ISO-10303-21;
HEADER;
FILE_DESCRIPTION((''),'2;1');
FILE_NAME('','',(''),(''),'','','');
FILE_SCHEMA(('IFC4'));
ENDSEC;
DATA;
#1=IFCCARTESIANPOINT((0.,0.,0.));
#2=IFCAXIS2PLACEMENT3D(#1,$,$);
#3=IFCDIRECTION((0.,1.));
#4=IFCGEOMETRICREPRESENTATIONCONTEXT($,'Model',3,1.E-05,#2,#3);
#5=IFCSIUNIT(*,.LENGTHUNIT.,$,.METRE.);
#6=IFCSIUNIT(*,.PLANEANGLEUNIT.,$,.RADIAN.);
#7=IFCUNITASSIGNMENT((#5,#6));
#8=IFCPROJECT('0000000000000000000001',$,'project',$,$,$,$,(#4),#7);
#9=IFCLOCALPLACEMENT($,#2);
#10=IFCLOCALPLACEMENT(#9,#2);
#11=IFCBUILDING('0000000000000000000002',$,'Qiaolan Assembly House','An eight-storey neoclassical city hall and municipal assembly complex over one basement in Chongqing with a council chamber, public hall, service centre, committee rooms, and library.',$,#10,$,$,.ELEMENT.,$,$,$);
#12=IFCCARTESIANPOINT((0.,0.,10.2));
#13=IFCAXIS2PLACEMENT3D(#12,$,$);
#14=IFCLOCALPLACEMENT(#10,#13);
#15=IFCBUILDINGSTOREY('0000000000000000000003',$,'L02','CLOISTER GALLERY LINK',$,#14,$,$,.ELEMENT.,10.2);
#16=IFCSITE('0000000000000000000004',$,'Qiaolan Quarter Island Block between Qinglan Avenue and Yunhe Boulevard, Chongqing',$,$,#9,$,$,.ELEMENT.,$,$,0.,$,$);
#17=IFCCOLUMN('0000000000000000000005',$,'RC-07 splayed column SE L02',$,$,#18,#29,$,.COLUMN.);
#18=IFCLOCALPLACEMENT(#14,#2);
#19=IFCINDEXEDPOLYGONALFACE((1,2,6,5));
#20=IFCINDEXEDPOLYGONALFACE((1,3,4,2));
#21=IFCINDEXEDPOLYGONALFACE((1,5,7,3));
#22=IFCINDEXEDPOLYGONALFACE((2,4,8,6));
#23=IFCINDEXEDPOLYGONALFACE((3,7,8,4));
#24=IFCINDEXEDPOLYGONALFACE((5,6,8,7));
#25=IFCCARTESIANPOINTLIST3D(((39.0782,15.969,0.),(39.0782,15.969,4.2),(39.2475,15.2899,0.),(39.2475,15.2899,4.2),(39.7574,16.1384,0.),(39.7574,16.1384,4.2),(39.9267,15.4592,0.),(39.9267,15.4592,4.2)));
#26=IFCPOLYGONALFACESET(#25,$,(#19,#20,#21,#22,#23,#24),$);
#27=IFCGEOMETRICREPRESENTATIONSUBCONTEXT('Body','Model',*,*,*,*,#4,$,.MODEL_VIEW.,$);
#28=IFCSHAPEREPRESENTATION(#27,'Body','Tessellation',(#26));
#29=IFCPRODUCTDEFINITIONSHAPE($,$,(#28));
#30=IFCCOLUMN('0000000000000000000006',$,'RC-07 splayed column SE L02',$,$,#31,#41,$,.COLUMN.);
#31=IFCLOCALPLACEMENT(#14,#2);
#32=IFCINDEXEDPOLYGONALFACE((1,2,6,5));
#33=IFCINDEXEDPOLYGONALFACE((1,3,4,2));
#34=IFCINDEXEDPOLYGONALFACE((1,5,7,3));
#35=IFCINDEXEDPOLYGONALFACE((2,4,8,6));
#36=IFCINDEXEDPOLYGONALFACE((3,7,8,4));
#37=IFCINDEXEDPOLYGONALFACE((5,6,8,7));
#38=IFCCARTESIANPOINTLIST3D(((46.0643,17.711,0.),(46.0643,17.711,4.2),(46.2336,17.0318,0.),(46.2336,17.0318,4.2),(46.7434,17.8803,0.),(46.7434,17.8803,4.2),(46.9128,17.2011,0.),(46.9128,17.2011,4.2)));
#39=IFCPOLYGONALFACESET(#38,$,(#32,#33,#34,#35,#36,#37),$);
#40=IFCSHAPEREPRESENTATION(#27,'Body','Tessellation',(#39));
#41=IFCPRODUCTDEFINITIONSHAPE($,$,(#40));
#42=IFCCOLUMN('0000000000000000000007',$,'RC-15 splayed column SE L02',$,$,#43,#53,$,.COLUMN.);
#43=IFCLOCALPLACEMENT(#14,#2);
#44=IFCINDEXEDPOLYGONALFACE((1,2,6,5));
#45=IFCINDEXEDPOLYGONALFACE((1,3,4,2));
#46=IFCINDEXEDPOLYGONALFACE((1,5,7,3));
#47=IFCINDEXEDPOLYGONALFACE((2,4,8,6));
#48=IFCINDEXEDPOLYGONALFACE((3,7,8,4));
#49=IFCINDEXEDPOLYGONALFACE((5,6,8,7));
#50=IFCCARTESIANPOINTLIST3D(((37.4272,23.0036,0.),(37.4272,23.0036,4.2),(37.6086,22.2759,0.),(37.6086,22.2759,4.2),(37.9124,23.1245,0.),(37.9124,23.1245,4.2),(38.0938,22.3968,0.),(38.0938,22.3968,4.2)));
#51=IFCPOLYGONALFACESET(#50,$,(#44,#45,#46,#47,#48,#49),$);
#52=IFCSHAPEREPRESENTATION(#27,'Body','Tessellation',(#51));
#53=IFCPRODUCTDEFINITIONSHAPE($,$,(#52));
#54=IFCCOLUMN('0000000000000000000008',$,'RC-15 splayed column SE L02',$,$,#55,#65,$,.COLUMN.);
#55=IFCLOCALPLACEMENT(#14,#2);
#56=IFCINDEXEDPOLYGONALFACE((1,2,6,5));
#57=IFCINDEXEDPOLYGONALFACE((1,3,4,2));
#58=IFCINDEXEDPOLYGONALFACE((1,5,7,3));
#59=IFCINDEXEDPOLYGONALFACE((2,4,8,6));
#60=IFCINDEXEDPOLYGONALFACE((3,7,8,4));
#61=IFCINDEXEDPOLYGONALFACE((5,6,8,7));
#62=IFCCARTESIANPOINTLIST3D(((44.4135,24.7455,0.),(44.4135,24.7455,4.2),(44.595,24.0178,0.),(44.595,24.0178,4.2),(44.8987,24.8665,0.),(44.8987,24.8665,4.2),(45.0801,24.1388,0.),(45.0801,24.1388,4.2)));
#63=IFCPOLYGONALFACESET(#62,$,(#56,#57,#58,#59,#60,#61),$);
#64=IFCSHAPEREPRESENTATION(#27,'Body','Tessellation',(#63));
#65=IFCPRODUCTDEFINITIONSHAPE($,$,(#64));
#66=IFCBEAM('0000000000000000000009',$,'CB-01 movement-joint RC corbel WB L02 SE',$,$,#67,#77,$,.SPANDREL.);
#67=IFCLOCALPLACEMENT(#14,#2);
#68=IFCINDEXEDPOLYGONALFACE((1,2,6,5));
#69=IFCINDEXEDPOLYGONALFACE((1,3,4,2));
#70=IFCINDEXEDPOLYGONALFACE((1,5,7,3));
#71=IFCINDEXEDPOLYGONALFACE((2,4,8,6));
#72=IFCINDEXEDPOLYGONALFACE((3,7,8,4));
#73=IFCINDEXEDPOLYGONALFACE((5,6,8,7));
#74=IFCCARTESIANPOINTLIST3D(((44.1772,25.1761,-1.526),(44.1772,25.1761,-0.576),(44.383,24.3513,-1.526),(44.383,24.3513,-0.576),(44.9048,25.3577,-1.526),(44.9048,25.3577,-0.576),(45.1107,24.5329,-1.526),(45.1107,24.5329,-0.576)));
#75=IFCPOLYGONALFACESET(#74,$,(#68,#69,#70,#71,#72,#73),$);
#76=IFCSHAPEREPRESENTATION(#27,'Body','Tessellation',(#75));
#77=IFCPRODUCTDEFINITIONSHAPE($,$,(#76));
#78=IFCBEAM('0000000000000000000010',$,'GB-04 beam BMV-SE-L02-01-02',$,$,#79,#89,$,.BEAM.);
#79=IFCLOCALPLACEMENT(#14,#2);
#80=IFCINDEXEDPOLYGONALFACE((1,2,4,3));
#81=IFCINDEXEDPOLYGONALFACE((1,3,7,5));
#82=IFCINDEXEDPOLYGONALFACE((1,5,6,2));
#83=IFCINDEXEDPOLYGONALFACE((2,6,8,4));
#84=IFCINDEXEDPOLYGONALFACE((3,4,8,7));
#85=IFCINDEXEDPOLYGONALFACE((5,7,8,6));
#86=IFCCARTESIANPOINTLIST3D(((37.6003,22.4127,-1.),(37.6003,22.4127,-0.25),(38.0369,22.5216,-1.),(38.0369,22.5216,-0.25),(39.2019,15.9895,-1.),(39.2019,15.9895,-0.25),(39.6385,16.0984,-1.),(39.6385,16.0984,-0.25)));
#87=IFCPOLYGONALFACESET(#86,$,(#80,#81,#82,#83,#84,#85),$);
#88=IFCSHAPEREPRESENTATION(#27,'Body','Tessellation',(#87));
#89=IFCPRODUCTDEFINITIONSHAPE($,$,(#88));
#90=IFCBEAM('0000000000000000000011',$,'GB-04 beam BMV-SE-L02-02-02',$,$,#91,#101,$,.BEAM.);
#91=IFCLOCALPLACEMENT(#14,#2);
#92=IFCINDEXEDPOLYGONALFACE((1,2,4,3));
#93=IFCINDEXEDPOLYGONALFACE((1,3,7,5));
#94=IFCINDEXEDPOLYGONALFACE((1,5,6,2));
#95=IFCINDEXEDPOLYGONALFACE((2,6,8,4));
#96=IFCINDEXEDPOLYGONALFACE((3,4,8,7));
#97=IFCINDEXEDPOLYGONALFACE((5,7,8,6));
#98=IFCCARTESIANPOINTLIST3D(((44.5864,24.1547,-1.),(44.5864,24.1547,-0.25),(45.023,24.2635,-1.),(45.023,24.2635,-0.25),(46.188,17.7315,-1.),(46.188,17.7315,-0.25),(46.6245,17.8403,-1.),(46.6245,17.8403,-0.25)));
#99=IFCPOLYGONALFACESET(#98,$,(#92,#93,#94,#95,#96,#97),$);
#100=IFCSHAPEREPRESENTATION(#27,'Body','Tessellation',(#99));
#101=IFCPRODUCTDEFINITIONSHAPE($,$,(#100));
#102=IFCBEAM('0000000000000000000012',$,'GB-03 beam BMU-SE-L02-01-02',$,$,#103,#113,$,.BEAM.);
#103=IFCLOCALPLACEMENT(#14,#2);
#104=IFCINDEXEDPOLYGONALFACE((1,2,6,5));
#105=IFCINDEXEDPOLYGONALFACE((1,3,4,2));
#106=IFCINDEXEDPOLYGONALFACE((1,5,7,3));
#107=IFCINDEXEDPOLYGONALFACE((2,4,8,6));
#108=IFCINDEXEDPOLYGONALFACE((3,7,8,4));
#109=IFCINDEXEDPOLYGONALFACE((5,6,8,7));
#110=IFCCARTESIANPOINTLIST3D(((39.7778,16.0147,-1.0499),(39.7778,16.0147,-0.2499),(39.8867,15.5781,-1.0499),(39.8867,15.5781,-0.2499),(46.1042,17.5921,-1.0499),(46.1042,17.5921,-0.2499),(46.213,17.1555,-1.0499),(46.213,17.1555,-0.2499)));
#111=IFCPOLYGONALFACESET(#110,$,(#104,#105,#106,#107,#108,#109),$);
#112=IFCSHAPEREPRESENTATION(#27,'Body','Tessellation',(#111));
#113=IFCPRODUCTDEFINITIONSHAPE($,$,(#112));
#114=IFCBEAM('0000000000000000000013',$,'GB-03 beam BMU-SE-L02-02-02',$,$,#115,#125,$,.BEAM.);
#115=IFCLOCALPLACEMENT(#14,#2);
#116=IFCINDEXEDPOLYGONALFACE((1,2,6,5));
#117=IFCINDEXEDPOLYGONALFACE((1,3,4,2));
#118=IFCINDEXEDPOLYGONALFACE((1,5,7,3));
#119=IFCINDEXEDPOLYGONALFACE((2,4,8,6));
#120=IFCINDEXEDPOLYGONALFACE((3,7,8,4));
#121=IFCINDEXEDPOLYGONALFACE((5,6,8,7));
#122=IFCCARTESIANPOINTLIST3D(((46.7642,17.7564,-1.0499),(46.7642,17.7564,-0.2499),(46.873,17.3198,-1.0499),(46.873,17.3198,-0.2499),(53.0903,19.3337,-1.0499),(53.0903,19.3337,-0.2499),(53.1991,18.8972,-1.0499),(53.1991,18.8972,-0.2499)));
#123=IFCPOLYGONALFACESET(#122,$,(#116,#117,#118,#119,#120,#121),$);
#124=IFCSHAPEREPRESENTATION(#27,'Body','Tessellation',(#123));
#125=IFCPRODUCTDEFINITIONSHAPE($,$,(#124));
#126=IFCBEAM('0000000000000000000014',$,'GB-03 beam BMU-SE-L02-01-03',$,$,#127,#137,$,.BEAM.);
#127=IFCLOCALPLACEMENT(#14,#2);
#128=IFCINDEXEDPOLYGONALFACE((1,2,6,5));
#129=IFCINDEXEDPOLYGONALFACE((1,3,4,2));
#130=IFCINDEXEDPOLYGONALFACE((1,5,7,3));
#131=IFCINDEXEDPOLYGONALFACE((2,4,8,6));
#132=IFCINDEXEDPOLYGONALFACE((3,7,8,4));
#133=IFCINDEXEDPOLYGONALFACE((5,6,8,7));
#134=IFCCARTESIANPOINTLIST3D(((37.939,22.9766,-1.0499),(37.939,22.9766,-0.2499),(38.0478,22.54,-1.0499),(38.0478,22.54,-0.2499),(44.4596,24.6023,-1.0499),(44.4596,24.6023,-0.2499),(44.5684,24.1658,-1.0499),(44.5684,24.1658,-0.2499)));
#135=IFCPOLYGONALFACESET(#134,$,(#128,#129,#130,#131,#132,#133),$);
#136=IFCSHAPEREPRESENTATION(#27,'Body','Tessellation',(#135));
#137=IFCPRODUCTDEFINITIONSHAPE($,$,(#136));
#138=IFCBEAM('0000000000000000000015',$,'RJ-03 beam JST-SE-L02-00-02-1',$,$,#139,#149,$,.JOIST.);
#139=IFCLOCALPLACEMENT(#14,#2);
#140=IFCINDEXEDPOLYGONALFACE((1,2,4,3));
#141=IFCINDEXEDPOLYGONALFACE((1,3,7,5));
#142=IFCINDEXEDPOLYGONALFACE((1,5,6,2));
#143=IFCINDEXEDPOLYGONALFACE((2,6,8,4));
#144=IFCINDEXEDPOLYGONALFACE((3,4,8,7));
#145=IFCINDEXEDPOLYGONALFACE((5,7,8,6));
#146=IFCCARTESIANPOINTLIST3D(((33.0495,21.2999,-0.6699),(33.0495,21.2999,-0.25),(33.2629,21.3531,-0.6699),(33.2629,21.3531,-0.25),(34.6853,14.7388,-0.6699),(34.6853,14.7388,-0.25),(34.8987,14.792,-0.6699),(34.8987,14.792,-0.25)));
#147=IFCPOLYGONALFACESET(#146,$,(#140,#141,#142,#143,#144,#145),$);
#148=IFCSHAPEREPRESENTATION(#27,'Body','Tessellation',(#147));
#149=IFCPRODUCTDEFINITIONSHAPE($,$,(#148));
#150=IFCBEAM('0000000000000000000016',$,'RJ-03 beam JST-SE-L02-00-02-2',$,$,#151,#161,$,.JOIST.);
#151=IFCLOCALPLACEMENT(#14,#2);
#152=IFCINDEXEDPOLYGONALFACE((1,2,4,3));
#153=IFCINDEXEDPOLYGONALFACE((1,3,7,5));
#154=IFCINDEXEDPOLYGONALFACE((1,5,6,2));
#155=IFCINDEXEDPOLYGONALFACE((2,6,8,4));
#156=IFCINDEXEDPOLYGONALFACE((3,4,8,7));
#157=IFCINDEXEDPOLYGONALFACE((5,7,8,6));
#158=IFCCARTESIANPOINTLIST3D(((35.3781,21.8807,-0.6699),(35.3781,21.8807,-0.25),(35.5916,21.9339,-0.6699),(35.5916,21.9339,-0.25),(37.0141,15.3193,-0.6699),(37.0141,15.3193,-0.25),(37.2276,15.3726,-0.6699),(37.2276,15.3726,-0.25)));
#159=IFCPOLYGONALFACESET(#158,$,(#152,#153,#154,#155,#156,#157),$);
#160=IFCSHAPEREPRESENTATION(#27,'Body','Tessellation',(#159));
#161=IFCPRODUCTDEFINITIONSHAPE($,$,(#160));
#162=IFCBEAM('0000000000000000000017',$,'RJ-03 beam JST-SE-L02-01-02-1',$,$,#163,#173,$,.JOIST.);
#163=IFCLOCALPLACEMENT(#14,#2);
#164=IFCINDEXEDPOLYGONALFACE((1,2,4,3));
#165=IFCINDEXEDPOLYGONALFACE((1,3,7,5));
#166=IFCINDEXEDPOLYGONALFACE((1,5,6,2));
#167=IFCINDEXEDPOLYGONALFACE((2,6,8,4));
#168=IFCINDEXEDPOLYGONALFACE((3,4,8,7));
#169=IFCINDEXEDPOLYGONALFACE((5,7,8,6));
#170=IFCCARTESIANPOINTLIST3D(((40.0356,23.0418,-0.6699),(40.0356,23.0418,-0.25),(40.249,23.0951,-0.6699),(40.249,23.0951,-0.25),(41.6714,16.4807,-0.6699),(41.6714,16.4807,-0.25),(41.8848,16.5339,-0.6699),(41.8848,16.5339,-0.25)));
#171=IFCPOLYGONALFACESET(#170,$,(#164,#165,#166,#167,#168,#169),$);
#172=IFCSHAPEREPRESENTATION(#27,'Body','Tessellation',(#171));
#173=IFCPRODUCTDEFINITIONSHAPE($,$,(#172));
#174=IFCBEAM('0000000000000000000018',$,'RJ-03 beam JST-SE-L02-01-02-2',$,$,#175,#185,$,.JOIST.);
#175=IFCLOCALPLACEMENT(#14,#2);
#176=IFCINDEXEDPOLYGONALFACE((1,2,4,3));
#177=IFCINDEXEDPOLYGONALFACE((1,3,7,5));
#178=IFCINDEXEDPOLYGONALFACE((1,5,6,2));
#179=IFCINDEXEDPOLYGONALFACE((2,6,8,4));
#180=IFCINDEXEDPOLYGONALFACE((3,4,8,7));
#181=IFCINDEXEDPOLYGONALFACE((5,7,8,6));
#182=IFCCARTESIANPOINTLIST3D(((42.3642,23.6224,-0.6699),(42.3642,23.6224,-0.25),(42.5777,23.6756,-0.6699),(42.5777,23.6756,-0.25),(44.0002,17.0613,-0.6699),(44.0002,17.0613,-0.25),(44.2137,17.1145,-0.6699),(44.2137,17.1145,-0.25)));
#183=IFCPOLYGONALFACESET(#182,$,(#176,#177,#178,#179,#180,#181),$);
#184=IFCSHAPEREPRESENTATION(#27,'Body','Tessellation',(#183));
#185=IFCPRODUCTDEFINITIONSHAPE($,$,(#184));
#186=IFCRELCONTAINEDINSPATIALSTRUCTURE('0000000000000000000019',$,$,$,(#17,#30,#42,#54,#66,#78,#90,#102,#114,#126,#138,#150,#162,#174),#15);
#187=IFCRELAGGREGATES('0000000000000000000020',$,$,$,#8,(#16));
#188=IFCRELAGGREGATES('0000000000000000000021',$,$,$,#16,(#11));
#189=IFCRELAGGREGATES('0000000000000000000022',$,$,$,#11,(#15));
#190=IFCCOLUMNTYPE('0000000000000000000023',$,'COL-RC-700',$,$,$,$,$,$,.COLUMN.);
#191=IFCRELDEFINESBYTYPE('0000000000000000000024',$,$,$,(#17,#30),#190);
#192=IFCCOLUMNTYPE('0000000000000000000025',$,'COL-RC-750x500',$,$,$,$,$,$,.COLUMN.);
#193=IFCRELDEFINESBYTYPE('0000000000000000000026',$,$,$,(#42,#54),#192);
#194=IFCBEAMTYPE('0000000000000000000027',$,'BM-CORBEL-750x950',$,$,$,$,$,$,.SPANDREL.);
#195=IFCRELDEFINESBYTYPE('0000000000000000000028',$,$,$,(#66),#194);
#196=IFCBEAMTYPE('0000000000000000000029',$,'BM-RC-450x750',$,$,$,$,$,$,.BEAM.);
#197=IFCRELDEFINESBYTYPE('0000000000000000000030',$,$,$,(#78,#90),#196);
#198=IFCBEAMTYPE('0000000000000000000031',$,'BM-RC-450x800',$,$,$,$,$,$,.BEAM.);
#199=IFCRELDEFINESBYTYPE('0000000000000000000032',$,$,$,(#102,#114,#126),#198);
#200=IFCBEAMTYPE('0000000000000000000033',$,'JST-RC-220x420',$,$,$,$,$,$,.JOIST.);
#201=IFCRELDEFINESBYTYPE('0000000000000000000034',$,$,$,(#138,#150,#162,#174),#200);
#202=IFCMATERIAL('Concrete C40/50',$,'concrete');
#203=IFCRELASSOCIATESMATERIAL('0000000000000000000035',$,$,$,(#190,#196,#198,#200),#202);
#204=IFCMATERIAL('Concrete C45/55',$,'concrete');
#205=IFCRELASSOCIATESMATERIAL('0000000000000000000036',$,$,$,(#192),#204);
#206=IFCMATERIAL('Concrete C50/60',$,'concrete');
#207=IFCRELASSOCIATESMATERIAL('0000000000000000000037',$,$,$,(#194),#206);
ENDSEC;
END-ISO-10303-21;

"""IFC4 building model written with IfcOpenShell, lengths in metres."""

from ifc_helpers import new_model, si_unit, direction, frame, origin, origin_2d, place, context, subcontext, project, spatial, rectangle, extrude, material, material_profile, profile_set, type_object, element, save


model = new_model("IFC4")

# Units and contexts
model_context = context("Model", 3, precision=1e-05, world=origin(), true_north=direction((0.0, 1.0)))
body_context = subcontext(model_context, "Body", "Model", "MODEL_VIEW")
ifc_project = project(units=[si_unit("LENGTHUNIT", "METRE"), si_unit("PLANEANGLEUNIT", "RADIAN")], contexts=[model_context])

# Site, building, storey
site_placement = place(None, origin())
site = spatial("IfcSite", under=ifc_project, at=site_placement, Name="Qiaolan Quarter Island Block between Qinglan Avenue and Yunhe Boulevard, Chongqing", CompositionType="ELEMENT", RefElevation=0.0)
building_placement = place(site_placement, origin())
building = spatial("IfcBuilding", under=site, at=building_placement, Name="Qiaolan Assembly House", Description="An eight-storey neoclassical city hall and municipal assembly complex over one basement in Chongqing with a council chamber, public hall, service centre, committee rooms, and library.", CompositionType="ELEMENT")
storey_placement = place(building_placement, frame((0.0, 0.0, 10.2)))
storey = spatial("IfcBuildingStorey", under=building, at=storey_placement, Name="L02", Description="CLOISTER GALLERY LINK", CompositionType="ELEMENT", Elevation=10.2)

# Columns
ifc_material_1 = material(Name="Concrete C40/50", Category="concrete")
ifc_material_profile_1 = material_profile(ifc_material_1, rectangle(XDim=0.7, YDim=0.7, at=origin_2d()), Name="RC 700x700")
ifc_profile_set_1 = profile_set([ifc_material_profile_1], Name="Concrete C40/50")
column_type_1 = type_object("IfcColumnType", Name="COL-RC-700", PredefinedType="COLUMN", material=ifc_profile_set_1)
for number, where, z_axis, x_axis, name in (
    (1, (39.5024, 15.7141, 0.0), (0.0, 0.0, 1.0), (0.970296, 0.241922, 0.0), "RC-07 splayed column SE L02"),
    (2, (46.4885, 17.4561, 0.0), (0.0, 0.0, 1.0), (0.970296, 0.241922, 0.0), "RC-07 splayed column SE L02"),
):
    element("IfcColumn", number, at=place(storey_placement, frame(where, z_axis=z_axis, x_axis=x_axis)), inside=storey, type_object=column_type_1, Name=name, PredefinedType="COLUMN", context=body_context, shape_type="SweptSolid", body=[
        extrude(rectangle(XDim=0.7, YDim=0.7, at=origin_2d()), origin(), (0.0, 0.0, 1.0), 4.2),
    ])
ifc_material_2 = material(Name="Concrete C45/55", Category="concrete")
ifc_material_profile_2 = material_profile(ifc_material_2, rectangle(XDim=0.5, YDim=0.75, at=origin_2d()), Name="RC 750x500")
ifc_profile_set_2 = profile_set([ifc_material_profile_2], Name="Concrete C45/55")
column_type_2 = type_object("IfcColumnType", Name="COL-RC-750x500", PredefinedType="COLUMN", material=ifc_profile_set_2)
for number, where, z_axis, x_axis, name in (
    (3, (37.7605, 22.7002, 0.0), (0.0, 0.0, 1.0), (0.970296, 0.241922, 0.0), "RC-15 splayed column SE L02"),
    (4, (44.7468, 24.4421, 0.0), (0.0, 0.0, 1.0), (0.970296, 0.241922, 0.0), "RC-15 splayed column SE L02"),
):
    element("IfcColumn", number, at=place(storey_placement, frame(where, z_axis=z_axis, x_axis=x_axis)), inside=storey, type_object=column_type_2, Name=name, PredefinedType="COLUMN", context=body_context, shape_type="SweptSolid", body=[
        extrude(rectangle(XDim=0.5, YDim=0.75, at=origin_2d()), origin(), (0.0, 0.0, 1.0), 4.2),
    ])

# Beams
ifc_material_3 = material(Name="Concrete C50/60", Category="concrete")
ifc_material_profile_3 = material_profile(ifc_material_3, rectangle(XDim=0.75, YDim=0.95, at=origin_2d()), Name="RCB 750x950")
ifc_profile_set_3 = profile_set([ifc_material_profile_3], Name="Concrete C50/60")
beam_type_1 = type_object("IfcBeamType", Name="BM-CORBEL-750x950", PredefinedType="SPANDREL", material=ifc_profile_set_3)
beam_1_placement = place(storey_placement, frame((44.7468, 24.4421, -1.051), z_axis=(-0.24213, 0.970244, 0.0), x_axis=(-0.970244, -0.24213, 0.0)))
element("IfcBeam", 5, at=beam_1_placement, inside=storey, type_object=beam_type_1, Name="CB-01 movement-joint RC corbel WB L02 SE", PredefinedType="SPANDREL", context=body_context, shape_type="SweptSolid", body=[
    extrude(rectangle(XDim=0.75, YDim=0.95, at=origin_2d()), origin(), (0.0, 0.0, 1.0), 0.8501),
])
ifc_material_profile_4 = material_profile(ifc_material_1, rectangle(XDim=0.45, YDim=0.75, at=origin_2d()), Name="RCB 450x750")
ifc_profile_set_4 = profile_set([ifc_material_profile_4], Name="Concrete C40/50")
beam_type_2 = type_object("IfcBeamType", Name="BM-RC-450x750", PredefinedType="BEAM", material=ifc_profile_set_4)
for number, where, z_axis, x_axis, name in (
    (6, (39.4202, 16.0439, -0.625), (-0.241928, 0.970294, 0.0), (-0.970294, -0.241928, 0.0), "GB-04 beam BMV-SE-L02-01-02"),
    (7, (46.4062, 17.7859, -0.625), (-0.241928, 0.970294, 0.0), (-0.970294, -0.241928, 0.0), "GB-04 beam BMV-SE-L02-02-02"),
):
    element("IfcBeam", number, at=place(storey_placement, frame(where, z_axis=z_axis, x_axis=x_axis)), inside=storey, type_object=beam_type_2, Name=name, PredefinedType="BEAM", context=body_context, shape_type="SweptSolid", body=[
        extrude(rectangle(XDim=0.45, YDim=0.75, at=origin_2d()), origin(), (0.0, 0.0, 1.0), 6.6199),
    ])
ifc_material_profile_5 = material_profile(ifc_material_1, rectangle(XDim=0.45, YDim=0.8, at=origin_2d()), Name="RCB 450x800")
ifc_profile_set_5 = profile_set([ifc_material_profile_5], Name="Concrete C40/50")
beam_type_3 = type_object("IfcBeamType", Name="BM-RC-450x800", PredefinedType="BEAM", material=ifc_profile_set_5)
beam_2_placement = place(storey_placement, frame((39.8323, 15.7964, -0.6499), z_axis=(0.970294, 0.241928, 0.0), x_axis=(-0.241928, 0.970294, 0.0)))
element("IfcBeam", 8, at=beam_2_placement, inside=storey, type_object=beam_type_3, Name="GB-03 beam BMU-SE-L02-01-02", PredefinedType="BEAM", context=body_context, shape_type="SweptSolid", body=[
    extrude(rectangle(XDim=0.45, YDim=0.8, at=origin_2d()), origin(), (0.0, 0.0, 1.0), 6.52),
])
beam_3_placement = place(storey_placement, frame((46.8186, 17.5381, -0.6499), z_axis=(0.970292, 0.241936, 0.0), x_axis=(-0.241936, 0.970292, 0.0)))
element("IfcBeam", 9, at=beam_3_placement, inside=storey, type_object=beam_type_3, Name="GB-03 beam BMU-SE-L02-02-02", PredefinedType="BEAM", context=body_context, shape_type="SweptSolid", body=[
    extrude(rectangle(XDim=0.45, YDim=0.8, at=origin_2d()), origin(), (0.0, 0.0, 1.0), 6.5198),
])
beam_4_placement = place(storey_placement, frame((37.9934, 22.7583, -0.6499), z_axis=(0.970296, 0.24192, 0.0), x_axis=(-0.24192, 0.970296, 0.0)))
element("IfcBeam", 10, at=beam_4_placement, inside=storey, type_object=beam_type_3, Name="GB-03 beam BMU-SE-L02-01-03", PredefinedType="BEAM", context=body_context, shape_type="SweptSolid", body=[
    extrude(rectangle(XDim=0.45, YDim=0.8, at=origin_2d()), origin(), (0.0, 0.0, 1.0), 6.7202),
])
ifc_material_profile_6 = material_profile(ifc_material_1, rectangle(XDim=0.22, YDim=0.4199, at=origin_2d()), Name="RCB 220x420")
ifc_profile_set_6 = profile_set([ifc_material_profile_6], Name="Concrete C40/50")
beam_type_4 = type_object("IfcBeamType", Name="JST-RC-220x420", PredefinedType="JOIST", material=ifc_profile_set_6)
beam_5_placement = place(storey_placement, frame((34.792, 14.7654, -0.46), z_axis=(-0.241907, 0.970299, 0.0), x_axis=(-0.970299, -0.241907, 0.0)))
element("IfcBeam", 11, at=beam_5_placement, inside=storey, type_object=beam_type_4, Name="RJ-03 beam JST-SE-L02-00-02-1", PredefinedType="JOIST", context=body_context, shape_type="SweptSolid", body=[
    extrude(rectangle(XDim=0.22, YDim=0.4199, at=origin_2d()), origin(), (0.0, 0.0, 1.0), 6.762),
])
beam_6_placement = place(storey_placement, frame((37.1208, 15.3459, -0.46), z_axis=(-0.241932, 0.970293, 0.0), x_axis=(-0.970293, -0.241932, 0.0)))
element("IfcBeam", 12, at=beam_6_placement, inside=storey, type_object=beam_type_4, Name="RJ-03 beam JST-SE-L02-00-02-2", PredefinedType="JOIST", context=body_context, shape_type="SweptSolid", body=[
    extrude(rectangle(XDim=0.22, YDim=0.4199, at=origin_2d()), origin(), (0.0, 0.0, 1.0), 6.7622),
])
for number, where, z_axis, x_axis, name in (
    (13, (41.7781, 16.5073, -0.46), (-0.241907, 0.970299, 0.0), (-0.970299, -0.241907, 0.0), "RJ-03 beam JST-SE-L02-01-02-1"),
    (14, (44.1069, 17.0879, -0.46), (-0.241941, 0.970291, 0.0), (-0.970291, -0.241941, 0.0), "RJ-03 beam JST-SE-L02-01-02-2"),
):
    element("IfcBeam", number, at=place(storey_placement, frame(where, z_axis=z_axis, x_axis=x_axis)), inside=storey, type_object=beam_type_4, Name=name, PredefinedType="JOIST", context=body_context, shape_type="SweptSolid", body=[
        extrude(rectangle(XDim=0.22, YDim=0.4199, at=origin_2d()), origin(), (0.0, 0.0, 1.0), 6.762),
    ])

save(model, "model.ifc")
